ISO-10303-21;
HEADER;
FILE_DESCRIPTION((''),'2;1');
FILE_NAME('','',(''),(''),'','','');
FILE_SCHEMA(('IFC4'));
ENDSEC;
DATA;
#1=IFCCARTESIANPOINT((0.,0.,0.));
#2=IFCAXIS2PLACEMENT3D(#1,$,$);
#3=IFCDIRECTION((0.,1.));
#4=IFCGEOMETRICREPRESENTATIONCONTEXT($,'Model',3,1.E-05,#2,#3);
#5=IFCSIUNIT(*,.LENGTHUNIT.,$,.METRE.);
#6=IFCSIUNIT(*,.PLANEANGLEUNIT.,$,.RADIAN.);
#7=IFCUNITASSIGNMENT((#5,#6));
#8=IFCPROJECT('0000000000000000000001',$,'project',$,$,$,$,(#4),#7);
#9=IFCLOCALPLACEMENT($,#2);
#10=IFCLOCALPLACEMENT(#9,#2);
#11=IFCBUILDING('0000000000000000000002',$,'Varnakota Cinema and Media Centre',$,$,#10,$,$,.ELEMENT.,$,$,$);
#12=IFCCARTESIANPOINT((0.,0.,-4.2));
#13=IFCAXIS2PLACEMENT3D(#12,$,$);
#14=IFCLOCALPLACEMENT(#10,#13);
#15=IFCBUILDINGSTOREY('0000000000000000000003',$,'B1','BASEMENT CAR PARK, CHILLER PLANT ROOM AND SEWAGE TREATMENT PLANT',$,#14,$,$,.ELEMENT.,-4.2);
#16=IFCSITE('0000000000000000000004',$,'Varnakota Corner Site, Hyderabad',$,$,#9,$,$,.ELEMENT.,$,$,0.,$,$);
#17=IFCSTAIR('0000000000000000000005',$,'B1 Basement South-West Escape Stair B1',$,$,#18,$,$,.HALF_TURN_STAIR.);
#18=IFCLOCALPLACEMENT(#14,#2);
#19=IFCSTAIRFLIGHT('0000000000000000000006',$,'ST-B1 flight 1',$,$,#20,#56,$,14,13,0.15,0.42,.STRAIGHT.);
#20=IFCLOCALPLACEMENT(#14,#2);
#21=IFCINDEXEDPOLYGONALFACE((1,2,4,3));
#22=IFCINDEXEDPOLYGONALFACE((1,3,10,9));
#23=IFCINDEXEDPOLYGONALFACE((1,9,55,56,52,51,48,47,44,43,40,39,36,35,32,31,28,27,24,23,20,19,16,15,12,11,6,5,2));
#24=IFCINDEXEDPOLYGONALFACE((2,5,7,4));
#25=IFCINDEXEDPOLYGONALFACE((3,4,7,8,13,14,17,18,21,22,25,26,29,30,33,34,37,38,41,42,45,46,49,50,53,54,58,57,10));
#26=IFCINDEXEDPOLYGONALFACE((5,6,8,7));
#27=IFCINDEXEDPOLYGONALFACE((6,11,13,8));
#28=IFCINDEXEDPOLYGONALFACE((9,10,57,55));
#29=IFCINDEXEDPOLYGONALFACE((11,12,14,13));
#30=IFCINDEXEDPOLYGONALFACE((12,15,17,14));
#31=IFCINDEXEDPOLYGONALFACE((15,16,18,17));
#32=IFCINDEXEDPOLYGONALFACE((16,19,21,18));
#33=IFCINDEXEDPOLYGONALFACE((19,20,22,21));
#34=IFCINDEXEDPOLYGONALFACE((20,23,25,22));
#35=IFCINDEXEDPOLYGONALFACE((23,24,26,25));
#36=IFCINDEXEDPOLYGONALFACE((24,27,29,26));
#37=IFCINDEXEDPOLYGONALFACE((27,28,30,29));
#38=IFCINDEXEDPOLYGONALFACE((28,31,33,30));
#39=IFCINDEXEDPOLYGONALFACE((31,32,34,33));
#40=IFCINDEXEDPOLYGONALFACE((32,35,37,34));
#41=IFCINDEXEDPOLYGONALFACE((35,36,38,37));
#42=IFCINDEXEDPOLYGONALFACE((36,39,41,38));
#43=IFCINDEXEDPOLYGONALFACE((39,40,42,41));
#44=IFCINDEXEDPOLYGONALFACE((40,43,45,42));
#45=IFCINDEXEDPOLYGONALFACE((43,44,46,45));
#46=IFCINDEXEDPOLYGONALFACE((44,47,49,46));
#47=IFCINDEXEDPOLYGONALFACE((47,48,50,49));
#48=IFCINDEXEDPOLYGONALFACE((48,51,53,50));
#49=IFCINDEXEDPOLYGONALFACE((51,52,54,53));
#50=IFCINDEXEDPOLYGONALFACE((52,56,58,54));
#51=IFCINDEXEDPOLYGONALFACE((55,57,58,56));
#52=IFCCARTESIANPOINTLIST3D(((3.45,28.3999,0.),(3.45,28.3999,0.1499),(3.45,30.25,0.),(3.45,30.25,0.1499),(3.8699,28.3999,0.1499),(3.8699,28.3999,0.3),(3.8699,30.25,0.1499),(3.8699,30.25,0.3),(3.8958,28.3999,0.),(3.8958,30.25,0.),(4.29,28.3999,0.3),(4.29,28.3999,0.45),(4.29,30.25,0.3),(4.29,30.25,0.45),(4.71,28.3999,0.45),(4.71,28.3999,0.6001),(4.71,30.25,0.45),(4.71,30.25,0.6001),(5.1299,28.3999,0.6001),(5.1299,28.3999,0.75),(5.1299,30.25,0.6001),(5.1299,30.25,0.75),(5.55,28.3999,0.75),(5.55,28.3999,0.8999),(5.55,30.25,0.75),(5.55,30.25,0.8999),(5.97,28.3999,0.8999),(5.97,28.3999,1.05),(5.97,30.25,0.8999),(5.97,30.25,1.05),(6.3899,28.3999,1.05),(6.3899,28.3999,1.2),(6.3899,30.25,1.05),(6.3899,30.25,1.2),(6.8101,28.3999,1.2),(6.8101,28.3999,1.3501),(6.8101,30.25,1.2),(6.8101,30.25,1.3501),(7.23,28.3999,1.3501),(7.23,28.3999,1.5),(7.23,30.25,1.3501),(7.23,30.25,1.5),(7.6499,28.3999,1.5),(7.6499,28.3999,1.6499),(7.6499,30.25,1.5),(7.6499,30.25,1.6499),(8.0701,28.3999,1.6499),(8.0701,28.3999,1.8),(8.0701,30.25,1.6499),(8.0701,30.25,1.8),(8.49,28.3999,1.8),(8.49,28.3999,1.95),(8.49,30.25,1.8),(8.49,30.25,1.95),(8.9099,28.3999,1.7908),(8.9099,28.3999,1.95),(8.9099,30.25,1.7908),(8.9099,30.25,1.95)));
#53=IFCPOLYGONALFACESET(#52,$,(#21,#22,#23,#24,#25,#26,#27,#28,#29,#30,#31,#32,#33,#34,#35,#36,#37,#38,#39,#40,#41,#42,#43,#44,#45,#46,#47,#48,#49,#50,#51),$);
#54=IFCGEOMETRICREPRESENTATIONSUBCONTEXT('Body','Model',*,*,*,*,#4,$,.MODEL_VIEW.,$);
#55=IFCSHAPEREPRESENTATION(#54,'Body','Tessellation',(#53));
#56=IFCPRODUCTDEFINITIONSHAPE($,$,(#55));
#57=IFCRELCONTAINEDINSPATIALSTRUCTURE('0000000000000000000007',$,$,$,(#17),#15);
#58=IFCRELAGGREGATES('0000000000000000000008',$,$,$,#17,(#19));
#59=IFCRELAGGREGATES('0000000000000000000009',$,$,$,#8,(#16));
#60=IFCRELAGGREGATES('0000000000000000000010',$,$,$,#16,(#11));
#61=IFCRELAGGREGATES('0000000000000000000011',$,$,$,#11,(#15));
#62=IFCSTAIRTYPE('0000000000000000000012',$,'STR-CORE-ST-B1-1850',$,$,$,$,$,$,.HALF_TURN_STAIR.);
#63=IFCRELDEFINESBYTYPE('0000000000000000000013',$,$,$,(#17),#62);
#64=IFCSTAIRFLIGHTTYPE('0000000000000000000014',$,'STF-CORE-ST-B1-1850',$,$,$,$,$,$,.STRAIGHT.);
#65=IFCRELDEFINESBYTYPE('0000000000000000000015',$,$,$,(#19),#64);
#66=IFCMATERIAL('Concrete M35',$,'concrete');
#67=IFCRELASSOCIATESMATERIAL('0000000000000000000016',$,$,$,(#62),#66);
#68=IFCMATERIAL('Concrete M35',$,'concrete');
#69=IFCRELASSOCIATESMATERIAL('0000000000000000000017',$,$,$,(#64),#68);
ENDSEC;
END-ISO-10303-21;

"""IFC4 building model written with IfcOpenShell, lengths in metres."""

from ifc_helpers import new_model, si_unit, direction, frame, origin, place, context, subcontext, project, spatial, polyline, outline, extrude, material, type_object, element, aggregate, save


model = new_model("IFC4")

# Units and contexts
model_context = context("Model", 3, precision=1e-05, world=origin(), true_north=direction((0.0, 1.0)))
body_context = subcontext(model_context, "Body", "Model", "MODEL_VIEW")
ifc_project = project(units=[si_unit("LENGTHUNIT", "METRE"), si_unit("PLANEANGLEUNIT", "RADIAN")], contexts=[model_context])

# Site, building, storey
site_placement = place(None, origin())
site = spatial("IfcSite", under=ifc_project, at=site_placement, Name="Varnakota Corner Site, Hyderabad", CompositionType="ELEMENT", RefElevation=0.0)
building_placement = place(site_placement, origin())
building = spatial("IfcBuilding", under=site, at=building_placement, Name="Varnakota Cinema and Media Centre", CompositionType="ELEMENT")
storey_placement = place(building_placement, frame((0.0, 0.0, -4.2)))
storey = spatial("IfcBuildingStorey", under=building, at=storey_placement, Name="B1", Description="BASEMENT CAR PARK, CHILLER PLANT ROOM AND SEWAGE TREATMENT PLANT", CompositionType="ELEMENT", Elevation=-4.2)

# Stair, stair flight
ifc_material_1 = material(Name="Concrete M35", Category="concrete")
stair_type = type_object("IfcStairType", Name="STR-CORE-ST-B1-1850", PredefinedType="HALF_TURN_STAIR", material=ifc_material_1)
stair_placement = place(storey_placement, origin())
stair = element("IfcStair", 1, at=stair_placement, inside=storey, type_object=stair_type, Name="B1 Basement South-West Escape Stair B1", PredefinedType="HALF_TURN_STAIR")
ifc_material_2 = material(Name="Concrete M35", Category="concrete")
stair_flight_type = type_object("IfcStairFlightType", Name="STF-CORE-ST-B1-1850", PredefinedType="STRAIGHT", material=ifc_material_2)
stair_flight_placement = place(storey_placement, frame((3.45, 29.325, 0.0), z_axis=(0.0, 0.0, 1.0), x_axis=(1.0, 0.0, 0.0)))
stair_flight = element("IfcStairFlight", 2, at=stair_flight_placement, type_object=stair_flight_type, Name="ST-B1 flight 1", NumberOfRisers=14, NumberOfTreads=13, PredefinedType="STRAIGHT", RiserHeight=0.15, TreadLength=0.42, context=body_context, shape_type="SweptSolid", body=[
    extrude(outline(polyline([(0.0, 0.0), (0.0, 0.1499), (0.4199, 0.1499), (0.4199, 0.3), (0.8401, 0.3), (0.8401, 0.45), (1.26, 0.45), (1.26, 0.6001), (1.6799, 0.6001), (1.6799, 0.75), (2.1001, 0.75), (2.1001, 0.8999), (2.52, 0.8999), (2.52, 1.05), (2.9399, 1.05), (2.9399, 1.2), (3.3601, 1.2), (3.3601, 1.3501), (3.78, 1.3501), (3.78, 1.5), (4.2, 1.5), (4.2, 1.6499), (4.6201, 1.6499), (4.6201, 1.8), (5.04, 1.8), (5.04, 1.95), (5.46, 1.95), (5.46, 2.1001), (5.46, 1.7908), (0.4458, 0.0), (0.0, 0.0)])), frame((0.0, 0.925, 0.0), z_axis=(0.0, -1.0, 0.0), x_axis=(1.0, 0.0, 0.0)), (0.0, 0.0, 1.0), 1.8501),
])
aggregate(stair, [stair_flight])

save(model, "model.ifc")
